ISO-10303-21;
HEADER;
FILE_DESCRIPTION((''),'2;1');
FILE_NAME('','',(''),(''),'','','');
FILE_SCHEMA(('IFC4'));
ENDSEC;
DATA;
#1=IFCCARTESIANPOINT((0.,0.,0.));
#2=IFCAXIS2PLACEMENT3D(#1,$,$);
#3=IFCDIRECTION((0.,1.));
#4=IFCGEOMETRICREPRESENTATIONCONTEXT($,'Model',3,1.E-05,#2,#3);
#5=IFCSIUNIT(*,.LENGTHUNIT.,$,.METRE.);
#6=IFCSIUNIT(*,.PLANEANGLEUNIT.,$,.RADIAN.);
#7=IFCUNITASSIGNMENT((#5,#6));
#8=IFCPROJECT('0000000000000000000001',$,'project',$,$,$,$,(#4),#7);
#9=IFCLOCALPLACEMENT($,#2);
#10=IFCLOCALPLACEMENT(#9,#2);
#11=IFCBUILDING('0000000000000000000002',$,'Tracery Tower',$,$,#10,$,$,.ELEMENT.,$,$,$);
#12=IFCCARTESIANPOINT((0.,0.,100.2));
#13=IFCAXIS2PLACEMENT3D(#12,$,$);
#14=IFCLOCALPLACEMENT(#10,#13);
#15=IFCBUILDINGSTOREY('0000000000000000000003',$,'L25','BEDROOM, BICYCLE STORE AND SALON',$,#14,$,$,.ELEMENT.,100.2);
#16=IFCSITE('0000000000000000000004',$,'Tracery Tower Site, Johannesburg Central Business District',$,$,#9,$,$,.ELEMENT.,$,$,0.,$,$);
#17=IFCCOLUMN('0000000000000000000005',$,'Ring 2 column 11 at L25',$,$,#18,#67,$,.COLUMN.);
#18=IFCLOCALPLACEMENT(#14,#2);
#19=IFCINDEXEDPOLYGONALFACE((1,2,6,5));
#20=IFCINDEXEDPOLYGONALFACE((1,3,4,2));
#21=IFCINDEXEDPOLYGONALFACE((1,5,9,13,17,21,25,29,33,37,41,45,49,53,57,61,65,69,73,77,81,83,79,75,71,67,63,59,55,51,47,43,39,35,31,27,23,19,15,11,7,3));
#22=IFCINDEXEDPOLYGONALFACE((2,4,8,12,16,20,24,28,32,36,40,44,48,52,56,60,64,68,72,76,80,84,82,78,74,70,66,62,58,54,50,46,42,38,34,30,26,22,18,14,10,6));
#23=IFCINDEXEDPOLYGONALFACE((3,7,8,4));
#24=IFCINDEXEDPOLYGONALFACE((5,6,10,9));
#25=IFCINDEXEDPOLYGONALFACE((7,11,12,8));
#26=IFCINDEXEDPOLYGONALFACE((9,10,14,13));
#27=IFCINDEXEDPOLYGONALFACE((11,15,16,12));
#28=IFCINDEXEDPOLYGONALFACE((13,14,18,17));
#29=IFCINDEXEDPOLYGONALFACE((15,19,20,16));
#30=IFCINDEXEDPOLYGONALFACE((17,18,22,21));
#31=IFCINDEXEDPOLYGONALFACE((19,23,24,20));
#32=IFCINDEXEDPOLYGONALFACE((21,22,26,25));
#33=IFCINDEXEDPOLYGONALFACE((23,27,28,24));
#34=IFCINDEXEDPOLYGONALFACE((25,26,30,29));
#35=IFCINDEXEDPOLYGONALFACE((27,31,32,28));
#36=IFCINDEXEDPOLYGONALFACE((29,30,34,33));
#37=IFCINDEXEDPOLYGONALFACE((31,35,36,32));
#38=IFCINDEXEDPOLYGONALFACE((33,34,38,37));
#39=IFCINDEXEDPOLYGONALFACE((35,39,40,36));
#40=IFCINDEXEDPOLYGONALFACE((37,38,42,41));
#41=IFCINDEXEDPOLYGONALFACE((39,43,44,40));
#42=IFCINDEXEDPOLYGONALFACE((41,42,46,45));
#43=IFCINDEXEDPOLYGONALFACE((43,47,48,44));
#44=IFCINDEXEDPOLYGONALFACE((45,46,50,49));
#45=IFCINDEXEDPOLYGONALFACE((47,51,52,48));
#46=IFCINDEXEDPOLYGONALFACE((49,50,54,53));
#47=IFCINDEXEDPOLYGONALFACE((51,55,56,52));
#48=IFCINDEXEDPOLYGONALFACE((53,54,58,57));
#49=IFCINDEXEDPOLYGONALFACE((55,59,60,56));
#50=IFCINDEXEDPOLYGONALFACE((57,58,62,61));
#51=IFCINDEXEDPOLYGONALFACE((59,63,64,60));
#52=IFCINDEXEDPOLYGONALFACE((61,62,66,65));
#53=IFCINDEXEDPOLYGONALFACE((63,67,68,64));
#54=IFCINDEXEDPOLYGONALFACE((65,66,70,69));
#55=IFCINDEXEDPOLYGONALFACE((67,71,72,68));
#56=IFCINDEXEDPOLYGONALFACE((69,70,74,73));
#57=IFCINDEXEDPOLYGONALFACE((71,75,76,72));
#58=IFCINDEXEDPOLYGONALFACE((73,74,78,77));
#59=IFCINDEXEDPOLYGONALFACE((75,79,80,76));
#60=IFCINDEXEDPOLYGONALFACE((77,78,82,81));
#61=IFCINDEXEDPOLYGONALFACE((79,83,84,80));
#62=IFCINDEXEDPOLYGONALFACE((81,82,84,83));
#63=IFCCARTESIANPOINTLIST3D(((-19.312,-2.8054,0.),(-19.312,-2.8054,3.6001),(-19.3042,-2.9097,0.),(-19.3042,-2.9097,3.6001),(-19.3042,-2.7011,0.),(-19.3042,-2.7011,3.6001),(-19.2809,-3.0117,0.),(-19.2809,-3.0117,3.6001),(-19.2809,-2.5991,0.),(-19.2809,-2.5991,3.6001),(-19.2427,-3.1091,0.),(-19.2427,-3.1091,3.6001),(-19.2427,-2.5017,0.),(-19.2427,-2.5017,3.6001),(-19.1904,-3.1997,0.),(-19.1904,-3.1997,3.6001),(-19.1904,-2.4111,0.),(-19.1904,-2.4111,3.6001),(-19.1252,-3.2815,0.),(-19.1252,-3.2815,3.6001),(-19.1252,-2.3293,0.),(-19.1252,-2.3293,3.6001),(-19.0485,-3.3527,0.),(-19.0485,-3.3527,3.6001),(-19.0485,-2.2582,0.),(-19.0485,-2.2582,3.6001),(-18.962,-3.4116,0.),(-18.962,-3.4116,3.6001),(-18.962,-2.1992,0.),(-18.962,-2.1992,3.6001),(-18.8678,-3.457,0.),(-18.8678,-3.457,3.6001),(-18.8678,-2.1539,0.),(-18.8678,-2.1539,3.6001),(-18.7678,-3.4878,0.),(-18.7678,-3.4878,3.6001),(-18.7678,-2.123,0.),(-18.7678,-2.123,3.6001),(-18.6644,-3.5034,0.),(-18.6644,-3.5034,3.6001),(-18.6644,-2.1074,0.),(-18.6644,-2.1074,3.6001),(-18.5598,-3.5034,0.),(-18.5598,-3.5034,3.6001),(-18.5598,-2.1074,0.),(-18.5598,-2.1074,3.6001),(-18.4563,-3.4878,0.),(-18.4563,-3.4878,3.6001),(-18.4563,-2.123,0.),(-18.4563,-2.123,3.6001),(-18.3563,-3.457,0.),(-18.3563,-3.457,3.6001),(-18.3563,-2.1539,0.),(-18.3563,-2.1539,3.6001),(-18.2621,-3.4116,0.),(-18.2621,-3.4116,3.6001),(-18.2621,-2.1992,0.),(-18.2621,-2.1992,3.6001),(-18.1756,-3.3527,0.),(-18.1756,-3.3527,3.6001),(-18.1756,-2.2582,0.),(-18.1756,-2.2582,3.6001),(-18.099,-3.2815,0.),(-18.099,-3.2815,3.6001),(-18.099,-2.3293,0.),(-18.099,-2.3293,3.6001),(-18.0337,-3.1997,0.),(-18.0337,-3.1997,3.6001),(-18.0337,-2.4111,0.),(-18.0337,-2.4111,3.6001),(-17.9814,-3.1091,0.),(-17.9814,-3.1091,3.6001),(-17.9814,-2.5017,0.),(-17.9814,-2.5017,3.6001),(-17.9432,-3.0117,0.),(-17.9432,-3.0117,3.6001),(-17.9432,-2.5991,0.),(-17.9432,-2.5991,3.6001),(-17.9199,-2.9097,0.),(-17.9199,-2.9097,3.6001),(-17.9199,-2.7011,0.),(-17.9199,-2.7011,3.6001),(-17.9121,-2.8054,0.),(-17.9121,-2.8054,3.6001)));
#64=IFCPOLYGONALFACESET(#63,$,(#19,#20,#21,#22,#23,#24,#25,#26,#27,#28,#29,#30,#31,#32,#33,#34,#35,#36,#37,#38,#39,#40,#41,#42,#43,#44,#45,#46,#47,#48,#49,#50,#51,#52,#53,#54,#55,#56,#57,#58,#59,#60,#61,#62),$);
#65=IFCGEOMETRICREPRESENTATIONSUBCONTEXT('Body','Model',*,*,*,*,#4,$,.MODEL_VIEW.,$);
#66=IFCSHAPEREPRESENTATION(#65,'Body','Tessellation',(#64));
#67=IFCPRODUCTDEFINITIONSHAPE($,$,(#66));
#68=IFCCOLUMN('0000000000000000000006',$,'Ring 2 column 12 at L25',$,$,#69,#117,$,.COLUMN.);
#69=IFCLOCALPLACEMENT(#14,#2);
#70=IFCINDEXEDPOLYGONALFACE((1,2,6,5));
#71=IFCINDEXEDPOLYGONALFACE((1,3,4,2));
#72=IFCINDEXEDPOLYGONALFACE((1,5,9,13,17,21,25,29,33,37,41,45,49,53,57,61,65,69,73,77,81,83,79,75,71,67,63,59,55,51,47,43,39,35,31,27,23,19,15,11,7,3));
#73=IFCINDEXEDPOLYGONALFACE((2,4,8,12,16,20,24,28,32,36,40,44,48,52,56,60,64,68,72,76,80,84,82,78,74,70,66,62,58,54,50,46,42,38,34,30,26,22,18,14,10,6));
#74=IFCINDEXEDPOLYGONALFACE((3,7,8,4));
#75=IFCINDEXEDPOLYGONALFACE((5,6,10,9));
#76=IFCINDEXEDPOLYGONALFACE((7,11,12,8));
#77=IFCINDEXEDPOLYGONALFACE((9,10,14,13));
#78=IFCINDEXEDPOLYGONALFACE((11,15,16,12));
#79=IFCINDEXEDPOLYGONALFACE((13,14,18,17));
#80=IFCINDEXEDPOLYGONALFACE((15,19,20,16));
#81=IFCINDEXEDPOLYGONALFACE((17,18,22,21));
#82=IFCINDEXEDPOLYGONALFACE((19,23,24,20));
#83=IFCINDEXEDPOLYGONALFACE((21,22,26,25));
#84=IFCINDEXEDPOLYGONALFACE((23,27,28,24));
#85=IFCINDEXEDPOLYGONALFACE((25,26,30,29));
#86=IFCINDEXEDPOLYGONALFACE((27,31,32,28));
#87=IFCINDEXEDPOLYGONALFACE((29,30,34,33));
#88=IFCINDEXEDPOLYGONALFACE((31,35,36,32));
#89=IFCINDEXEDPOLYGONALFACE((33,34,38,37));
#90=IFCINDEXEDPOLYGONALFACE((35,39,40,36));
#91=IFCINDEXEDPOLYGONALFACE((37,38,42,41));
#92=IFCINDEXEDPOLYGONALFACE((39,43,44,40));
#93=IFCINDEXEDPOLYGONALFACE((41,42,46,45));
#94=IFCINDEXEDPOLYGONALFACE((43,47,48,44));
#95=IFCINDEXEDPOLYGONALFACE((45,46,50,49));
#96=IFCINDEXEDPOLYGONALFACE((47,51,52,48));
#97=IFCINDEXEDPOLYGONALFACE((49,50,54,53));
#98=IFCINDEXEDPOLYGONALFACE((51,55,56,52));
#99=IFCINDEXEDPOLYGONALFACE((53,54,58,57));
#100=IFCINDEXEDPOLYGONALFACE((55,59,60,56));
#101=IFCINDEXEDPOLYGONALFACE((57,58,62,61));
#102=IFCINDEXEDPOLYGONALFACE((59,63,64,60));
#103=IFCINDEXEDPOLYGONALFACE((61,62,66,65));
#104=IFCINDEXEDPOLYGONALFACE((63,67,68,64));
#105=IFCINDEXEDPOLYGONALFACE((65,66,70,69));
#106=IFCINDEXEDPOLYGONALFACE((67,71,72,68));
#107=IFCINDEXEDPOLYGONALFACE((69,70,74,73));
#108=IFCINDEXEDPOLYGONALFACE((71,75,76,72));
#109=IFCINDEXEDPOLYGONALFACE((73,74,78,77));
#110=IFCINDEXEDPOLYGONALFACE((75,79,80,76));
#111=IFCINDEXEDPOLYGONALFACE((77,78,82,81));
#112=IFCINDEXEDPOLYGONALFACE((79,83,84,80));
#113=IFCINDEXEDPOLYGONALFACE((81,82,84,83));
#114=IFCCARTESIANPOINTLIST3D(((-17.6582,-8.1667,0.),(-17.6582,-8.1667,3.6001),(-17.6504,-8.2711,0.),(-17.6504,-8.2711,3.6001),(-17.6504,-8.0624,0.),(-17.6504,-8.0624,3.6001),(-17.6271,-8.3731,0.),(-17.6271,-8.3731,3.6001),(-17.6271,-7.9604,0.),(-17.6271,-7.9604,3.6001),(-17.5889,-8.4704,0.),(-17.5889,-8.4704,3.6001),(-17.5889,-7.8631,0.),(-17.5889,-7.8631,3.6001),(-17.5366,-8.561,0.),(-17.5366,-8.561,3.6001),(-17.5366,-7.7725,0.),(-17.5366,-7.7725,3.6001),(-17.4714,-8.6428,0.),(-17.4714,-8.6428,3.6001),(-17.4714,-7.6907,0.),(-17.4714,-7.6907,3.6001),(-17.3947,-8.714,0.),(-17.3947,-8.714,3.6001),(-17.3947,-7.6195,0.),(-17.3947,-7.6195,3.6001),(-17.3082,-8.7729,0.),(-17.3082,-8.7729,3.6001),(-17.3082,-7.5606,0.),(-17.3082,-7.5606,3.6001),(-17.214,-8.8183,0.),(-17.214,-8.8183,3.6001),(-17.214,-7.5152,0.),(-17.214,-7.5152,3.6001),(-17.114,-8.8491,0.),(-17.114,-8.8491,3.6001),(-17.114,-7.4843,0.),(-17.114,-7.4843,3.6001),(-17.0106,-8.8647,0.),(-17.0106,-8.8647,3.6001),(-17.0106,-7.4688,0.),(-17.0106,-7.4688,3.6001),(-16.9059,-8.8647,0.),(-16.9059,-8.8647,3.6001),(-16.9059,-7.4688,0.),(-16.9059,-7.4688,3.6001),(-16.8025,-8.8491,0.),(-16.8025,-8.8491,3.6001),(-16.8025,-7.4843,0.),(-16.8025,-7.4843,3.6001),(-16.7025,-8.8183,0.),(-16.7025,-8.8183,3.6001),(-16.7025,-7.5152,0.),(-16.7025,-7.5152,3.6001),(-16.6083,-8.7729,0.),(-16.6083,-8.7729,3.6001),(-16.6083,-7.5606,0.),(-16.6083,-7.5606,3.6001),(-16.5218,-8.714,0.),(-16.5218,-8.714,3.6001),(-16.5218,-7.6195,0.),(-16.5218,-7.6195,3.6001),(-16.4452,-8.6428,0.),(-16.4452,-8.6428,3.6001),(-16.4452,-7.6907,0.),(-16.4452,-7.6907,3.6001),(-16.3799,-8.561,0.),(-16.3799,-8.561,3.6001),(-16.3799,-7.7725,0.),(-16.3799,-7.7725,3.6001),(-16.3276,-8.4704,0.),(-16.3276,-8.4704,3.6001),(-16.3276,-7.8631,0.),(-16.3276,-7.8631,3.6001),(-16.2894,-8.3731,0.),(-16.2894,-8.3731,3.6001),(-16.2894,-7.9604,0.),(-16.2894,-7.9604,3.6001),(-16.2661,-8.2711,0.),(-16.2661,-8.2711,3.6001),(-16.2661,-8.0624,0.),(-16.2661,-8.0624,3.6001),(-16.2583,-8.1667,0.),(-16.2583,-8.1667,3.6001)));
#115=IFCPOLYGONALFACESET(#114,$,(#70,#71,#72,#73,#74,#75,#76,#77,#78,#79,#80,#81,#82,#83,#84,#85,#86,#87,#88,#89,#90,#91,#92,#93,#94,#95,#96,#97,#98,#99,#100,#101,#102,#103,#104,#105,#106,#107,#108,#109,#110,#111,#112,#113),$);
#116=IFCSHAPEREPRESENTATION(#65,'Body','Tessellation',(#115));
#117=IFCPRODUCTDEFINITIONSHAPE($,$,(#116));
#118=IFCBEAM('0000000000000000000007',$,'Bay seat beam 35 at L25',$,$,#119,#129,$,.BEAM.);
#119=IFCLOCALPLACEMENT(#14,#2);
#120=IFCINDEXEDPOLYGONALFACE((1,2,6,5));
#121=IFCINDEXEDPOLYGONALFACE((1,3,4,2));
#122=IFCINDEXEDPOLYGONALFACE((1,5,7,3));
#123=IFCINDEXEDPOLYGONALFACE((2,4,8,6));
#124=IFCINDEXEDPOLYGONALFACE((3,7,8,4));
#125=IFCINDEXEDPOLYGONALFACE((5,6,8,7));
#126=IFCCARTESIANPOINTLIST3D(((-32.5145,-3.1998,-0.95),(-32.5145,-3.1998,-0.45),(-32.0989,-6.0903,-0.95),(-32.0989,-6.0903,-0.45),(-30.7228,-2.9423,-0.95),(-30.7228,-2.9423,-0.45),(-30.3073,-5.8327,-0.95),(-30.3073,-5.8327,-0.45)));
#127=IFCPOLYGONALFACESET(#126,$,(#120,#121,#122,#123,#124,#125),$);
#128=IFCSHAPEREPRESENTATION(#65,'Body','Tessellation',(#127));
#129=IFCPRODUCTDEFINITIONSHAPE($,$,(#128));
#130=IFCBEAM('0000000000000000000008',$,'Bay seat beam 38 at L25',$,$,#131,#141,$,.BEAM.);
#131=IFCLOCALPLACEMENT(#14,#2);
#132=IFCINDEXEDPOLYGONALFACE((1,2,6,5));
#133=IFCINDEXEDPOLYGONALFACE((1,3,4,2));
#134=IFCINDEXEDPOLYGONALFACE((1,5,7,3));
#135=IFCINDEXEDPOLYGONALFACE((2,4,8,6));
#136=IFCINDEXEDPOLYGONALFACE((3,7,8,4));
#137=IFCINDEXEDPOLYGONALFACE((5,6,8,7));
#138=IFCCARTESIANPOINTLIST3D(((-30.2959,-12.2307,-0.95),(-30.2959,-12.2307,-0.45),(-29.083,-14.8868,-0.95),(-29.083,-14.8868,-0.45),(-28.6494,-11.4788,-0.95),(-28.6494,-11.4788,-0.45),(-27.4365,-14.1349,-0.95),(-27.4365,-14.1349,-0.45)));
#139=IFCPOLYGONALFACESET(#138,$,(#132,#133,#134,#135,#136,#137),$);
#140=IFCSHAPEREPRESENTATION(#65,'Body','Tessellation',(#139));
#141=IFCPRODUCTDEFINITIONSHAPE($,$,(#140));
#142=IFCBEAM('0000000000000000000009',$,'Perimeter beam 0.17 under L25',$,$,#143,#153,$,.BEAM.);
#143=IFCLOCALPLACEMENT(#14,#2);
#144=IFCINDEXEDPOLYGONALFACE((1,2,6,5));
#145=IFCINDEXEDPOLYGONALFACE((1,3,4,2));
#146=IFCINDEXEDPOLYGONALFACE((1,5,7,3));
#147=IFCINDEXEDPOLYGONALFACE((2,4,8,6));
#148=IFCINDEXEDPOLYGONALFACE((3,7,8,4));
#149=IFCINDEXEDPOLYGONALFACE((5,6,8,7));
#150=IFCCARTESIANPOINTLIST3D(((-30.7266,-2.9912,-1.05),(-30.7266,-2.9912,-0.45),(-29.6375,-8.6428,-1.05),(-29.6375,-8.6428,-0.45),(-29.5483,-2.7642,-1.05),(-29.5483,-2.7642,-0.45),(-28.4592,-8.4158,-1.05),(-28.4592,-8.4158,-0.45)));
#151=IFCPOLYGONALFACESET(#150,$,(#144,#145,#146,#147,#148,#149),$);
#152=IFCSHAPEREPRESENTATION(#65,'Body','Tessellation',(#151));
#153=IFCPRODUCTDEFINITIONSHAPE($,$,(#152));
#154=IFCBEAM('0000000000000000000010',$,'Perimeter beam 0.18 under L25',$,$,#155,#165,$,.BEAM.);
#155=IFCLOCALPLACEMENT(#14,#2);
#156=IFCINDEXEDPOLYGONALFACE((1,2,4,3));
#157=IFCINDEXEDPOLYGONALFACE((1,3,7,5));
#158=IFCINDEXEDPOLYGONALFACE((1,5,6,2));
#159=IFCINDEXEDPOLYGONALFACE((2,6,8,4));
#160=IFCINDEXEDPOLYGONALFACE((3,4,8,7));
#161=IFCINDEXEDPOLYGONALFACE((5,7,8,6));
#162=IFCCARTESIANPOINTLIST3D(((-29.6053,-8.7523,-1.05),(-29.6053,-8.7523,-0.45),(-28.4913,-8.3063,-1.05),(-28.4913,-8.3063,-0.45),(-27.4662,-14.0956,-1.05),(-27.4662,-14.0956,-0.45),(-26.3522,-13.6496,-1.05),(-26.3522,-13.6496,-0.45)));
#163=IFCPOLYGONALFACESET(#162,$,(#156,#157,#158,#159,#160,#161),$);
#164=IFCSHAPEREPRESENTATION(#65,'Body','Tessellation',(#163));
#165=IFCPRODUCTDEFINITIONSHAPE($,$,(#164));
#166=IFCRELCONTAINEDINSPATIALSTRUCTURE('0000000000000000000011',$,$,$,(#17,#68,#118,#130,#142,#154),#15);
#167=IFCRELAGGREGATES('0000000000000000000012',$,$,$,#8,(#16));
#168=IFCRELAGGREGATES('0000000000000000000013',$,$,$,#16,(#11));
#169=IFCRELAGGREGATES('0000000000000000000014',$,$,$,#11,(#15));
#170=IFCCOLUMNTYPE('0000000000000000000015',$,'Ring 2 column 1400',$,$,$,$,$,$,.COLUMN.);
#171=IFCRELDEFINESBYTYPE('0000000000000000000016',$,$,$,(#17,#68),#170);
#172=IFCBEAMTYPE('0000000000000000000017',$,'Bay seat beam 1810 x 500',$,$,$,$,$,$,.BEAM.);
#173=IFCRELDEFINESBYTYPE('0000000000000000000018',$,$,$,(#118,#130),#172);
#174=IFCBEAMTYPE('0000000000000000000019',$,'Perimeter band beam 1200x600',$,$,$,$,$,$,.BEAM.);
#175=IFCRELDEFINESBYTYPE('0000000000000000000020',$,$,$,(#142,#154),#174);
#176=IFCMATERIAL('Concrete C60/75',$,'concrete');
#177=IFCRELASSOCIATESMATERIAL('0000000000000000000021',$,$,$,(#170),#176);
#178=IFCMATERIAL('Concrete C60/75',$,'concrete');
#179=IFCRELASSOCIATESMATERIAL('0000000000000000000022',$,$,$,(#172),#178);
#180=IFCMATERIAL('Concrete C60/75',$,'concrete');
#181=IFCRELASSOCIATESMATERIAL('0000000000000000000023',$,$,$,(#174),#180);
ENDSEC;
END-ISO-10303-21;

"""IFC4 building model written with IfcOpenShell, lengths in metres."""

from ifc_helpers import new_model, si_unit, direction, frame, origin, origin_2d, place, context, subcontext, project, spatial, rectangle, circle, extrude, material, material_profile, profile_set, type_object, element, save


model = new_model("IFC4")

# Units and contexts
model_context = context("Model", 3, precision=1e-05, world=origin(), true_north=direction((0.0, 1.0)))
body_context = subcontext(model_context, "Body", "Model", "MODEL_VIEW")
ifc_project = project(units=[si_unit("LENGTHUNIT", "METRE"), si_unit("PLANEANGLEUNIT", "RADIAN")], contexts=[model_context])

# Site, building, storey
site_placement = place(None, origin())
site = spatial("IfcSite", under=ifc_project, at=site_placement, Name="Tracery Tower Site, Johannesburg Central Business District", CompositionType="ELEMENT", RefElevation=0.0)
building_placement = place(site_placement, origin())
building = spatial("IfcBuilding", under=site, at=building_placement, Name="Tracery Tower", CompositionType="ELEMENT")
storey_placement = place(building_placement, frame((0.0, 0.0, 100.2)))
storey = spatial("IfcBuildingStorey", under=building, at=storey_placement, Name="L25", Description="BEDROOM, BICYCLE STORE AND SALON", CompositionType="ELEMENT", Elevation=100.2)

# Columns
ifc_material_1 = material(Name="Concrete C60/75", Category="concrete")
ifc_material_profile_1 = material_profile(ifc_material_1, circle(Radius=0.7, at=origin_2d()), Name="RC D1400")
ifc_profile_set_1 = profile_set([ifc_material_profile_1], Name="Concrete C60/75")
column_type_1 = type_object("IfcColumnType", Name="Ring 2 column 1400", PredefinedType="COLUMN", material=ifc_profile_set_1)
for number, where, z_axis, x_axis, name in (
    (1, (-18.6121, -2.8054, 0.0), (0.0, 0.0, 1.0), (1.0, 0.0, 0.0), "Ring 2 column 11 at L25"),
    (2, (-16.9583, -8.1667, 0.0), (0.0, 0.0, 1.0), (1.0, 0.0, 0.0), "Ring 2 column 12 at L25"),
):
    element("IfcColumn", number, at=place(storey_placement, frame(where, z_axis=z_axis, x_axis=x_axis)), inside=storey, type_object=column_type_1, Name=name, PredefinedType="COLUMN", context=body_context, shape_type="SweptSolid", body=[
        extrude(circle(Radius=0.7, at=origin_2d()), origin(), (0.0, 0.0, 1.0), 3.6001),
    ])

# Beams
ifc_material_2 = material(Name="Concrete C60/75", Category="concrete")
ifc_material_profile_2 = material_profile(ifc_material_2, rectangle(XDim=1.8101, YDim=0.5, at=origin_2d()), Name="RC 1810x500")
ifc_profile_set_2 = profile_set([ifc_material_profile_2], Name="Concrete C60/75")
beam_type_1 = type_object("IfcBeamType", Name="Bay seat beam 1810 x 500", PredefinedType="BEAM", material=ifc_profile_set_2)
beam_1_placement = place(storey_placement, frame((-31.6187, -3.071, -0.7), z_axis=(0.142299, -0.989824, 0.0), x_axis=(0.989824, 0.142299, 0.0)))
element("IfcBeam", 3, at=beam_1_placement, inside=storey, type_object=beam_type_1, Name="Bay seat beam 35 at L25", PredefinedType="BEAM", context=body_context, shape_type="SweptSolid", body=[
    extrude(rectangle(XDim=1.8101, YDim=0.5, at=origin_2d()), origin(), (0.0, 0.0, 1.0), 2.9202),
])
beam_2_placement = place(storey_placement, frame((-29.4727, -11.8547, -0.7), z_axis=(0.415396, -0.909641, 0.0), x_axis=(0.909641, 0.415396, 0.0)))
element("IfcBeam", 4, at=beam_2_placement, inside=storey, type_object=beam_type_1, Name="Bay seat beam 38 at L25", PredefinedType="BEAM", context=body_context, shape_type="SweptSolid", body=[
    extrude(rectangle(XDim=1.8101, YDim=0.5, at=origin_2d()), origin(), (0.0, 0.0, 1.0), 2.9199),
])
ifc_material_3 = material(Name="Concrete C60/75", Category="concrete")
ifc_material_profile_3 = material_profile(ifc_material_3, rectangle(XDim=1.2, YDim=0.6001, at=origin_2d()), Name="RC 1200x600")
ifc_profile_set_3 = profile_set([ifc_material_profile_3], Name="Concrete C60/75")
beam_type_2 = type_object("IfcBeamType", Name="Perimeter band beam 1200x600", PredefinedType="BEAM", material=ifc_profile_set_3)
for number, where, z_axis, x_axis, name in (
    (5, (-30.1375, -2.8777, -0.75), (0.189227, -0.981933, 0.0), (0.981933, 0.189227, 0.0), "Perimeter beam 0.17 under L25"),
    (6, (-29.0483, -8.5293, -0.75), (0.371669, -0.928365, 0.0), (0.928365, 0.371669, 0.0), "Perimeter beam 0.18 under L25"),
):
    element("IfcBeam", number, at=place(storey_placement, frame(where, z_axis=z_axis, x_axis=x_axis)), inside=storey, type_object=beam_type_2, Name=name, PredefinedType="BEAM", context=body_context, shape_type="SweptSolid", body=[
        extrude(rectangle(XDim=1.2, YDim=0.6001, at=origin_2d()), origin(), (0.0, 0.0, 1.0), 5.7556),
    ])

save(model, "model.ifc")
